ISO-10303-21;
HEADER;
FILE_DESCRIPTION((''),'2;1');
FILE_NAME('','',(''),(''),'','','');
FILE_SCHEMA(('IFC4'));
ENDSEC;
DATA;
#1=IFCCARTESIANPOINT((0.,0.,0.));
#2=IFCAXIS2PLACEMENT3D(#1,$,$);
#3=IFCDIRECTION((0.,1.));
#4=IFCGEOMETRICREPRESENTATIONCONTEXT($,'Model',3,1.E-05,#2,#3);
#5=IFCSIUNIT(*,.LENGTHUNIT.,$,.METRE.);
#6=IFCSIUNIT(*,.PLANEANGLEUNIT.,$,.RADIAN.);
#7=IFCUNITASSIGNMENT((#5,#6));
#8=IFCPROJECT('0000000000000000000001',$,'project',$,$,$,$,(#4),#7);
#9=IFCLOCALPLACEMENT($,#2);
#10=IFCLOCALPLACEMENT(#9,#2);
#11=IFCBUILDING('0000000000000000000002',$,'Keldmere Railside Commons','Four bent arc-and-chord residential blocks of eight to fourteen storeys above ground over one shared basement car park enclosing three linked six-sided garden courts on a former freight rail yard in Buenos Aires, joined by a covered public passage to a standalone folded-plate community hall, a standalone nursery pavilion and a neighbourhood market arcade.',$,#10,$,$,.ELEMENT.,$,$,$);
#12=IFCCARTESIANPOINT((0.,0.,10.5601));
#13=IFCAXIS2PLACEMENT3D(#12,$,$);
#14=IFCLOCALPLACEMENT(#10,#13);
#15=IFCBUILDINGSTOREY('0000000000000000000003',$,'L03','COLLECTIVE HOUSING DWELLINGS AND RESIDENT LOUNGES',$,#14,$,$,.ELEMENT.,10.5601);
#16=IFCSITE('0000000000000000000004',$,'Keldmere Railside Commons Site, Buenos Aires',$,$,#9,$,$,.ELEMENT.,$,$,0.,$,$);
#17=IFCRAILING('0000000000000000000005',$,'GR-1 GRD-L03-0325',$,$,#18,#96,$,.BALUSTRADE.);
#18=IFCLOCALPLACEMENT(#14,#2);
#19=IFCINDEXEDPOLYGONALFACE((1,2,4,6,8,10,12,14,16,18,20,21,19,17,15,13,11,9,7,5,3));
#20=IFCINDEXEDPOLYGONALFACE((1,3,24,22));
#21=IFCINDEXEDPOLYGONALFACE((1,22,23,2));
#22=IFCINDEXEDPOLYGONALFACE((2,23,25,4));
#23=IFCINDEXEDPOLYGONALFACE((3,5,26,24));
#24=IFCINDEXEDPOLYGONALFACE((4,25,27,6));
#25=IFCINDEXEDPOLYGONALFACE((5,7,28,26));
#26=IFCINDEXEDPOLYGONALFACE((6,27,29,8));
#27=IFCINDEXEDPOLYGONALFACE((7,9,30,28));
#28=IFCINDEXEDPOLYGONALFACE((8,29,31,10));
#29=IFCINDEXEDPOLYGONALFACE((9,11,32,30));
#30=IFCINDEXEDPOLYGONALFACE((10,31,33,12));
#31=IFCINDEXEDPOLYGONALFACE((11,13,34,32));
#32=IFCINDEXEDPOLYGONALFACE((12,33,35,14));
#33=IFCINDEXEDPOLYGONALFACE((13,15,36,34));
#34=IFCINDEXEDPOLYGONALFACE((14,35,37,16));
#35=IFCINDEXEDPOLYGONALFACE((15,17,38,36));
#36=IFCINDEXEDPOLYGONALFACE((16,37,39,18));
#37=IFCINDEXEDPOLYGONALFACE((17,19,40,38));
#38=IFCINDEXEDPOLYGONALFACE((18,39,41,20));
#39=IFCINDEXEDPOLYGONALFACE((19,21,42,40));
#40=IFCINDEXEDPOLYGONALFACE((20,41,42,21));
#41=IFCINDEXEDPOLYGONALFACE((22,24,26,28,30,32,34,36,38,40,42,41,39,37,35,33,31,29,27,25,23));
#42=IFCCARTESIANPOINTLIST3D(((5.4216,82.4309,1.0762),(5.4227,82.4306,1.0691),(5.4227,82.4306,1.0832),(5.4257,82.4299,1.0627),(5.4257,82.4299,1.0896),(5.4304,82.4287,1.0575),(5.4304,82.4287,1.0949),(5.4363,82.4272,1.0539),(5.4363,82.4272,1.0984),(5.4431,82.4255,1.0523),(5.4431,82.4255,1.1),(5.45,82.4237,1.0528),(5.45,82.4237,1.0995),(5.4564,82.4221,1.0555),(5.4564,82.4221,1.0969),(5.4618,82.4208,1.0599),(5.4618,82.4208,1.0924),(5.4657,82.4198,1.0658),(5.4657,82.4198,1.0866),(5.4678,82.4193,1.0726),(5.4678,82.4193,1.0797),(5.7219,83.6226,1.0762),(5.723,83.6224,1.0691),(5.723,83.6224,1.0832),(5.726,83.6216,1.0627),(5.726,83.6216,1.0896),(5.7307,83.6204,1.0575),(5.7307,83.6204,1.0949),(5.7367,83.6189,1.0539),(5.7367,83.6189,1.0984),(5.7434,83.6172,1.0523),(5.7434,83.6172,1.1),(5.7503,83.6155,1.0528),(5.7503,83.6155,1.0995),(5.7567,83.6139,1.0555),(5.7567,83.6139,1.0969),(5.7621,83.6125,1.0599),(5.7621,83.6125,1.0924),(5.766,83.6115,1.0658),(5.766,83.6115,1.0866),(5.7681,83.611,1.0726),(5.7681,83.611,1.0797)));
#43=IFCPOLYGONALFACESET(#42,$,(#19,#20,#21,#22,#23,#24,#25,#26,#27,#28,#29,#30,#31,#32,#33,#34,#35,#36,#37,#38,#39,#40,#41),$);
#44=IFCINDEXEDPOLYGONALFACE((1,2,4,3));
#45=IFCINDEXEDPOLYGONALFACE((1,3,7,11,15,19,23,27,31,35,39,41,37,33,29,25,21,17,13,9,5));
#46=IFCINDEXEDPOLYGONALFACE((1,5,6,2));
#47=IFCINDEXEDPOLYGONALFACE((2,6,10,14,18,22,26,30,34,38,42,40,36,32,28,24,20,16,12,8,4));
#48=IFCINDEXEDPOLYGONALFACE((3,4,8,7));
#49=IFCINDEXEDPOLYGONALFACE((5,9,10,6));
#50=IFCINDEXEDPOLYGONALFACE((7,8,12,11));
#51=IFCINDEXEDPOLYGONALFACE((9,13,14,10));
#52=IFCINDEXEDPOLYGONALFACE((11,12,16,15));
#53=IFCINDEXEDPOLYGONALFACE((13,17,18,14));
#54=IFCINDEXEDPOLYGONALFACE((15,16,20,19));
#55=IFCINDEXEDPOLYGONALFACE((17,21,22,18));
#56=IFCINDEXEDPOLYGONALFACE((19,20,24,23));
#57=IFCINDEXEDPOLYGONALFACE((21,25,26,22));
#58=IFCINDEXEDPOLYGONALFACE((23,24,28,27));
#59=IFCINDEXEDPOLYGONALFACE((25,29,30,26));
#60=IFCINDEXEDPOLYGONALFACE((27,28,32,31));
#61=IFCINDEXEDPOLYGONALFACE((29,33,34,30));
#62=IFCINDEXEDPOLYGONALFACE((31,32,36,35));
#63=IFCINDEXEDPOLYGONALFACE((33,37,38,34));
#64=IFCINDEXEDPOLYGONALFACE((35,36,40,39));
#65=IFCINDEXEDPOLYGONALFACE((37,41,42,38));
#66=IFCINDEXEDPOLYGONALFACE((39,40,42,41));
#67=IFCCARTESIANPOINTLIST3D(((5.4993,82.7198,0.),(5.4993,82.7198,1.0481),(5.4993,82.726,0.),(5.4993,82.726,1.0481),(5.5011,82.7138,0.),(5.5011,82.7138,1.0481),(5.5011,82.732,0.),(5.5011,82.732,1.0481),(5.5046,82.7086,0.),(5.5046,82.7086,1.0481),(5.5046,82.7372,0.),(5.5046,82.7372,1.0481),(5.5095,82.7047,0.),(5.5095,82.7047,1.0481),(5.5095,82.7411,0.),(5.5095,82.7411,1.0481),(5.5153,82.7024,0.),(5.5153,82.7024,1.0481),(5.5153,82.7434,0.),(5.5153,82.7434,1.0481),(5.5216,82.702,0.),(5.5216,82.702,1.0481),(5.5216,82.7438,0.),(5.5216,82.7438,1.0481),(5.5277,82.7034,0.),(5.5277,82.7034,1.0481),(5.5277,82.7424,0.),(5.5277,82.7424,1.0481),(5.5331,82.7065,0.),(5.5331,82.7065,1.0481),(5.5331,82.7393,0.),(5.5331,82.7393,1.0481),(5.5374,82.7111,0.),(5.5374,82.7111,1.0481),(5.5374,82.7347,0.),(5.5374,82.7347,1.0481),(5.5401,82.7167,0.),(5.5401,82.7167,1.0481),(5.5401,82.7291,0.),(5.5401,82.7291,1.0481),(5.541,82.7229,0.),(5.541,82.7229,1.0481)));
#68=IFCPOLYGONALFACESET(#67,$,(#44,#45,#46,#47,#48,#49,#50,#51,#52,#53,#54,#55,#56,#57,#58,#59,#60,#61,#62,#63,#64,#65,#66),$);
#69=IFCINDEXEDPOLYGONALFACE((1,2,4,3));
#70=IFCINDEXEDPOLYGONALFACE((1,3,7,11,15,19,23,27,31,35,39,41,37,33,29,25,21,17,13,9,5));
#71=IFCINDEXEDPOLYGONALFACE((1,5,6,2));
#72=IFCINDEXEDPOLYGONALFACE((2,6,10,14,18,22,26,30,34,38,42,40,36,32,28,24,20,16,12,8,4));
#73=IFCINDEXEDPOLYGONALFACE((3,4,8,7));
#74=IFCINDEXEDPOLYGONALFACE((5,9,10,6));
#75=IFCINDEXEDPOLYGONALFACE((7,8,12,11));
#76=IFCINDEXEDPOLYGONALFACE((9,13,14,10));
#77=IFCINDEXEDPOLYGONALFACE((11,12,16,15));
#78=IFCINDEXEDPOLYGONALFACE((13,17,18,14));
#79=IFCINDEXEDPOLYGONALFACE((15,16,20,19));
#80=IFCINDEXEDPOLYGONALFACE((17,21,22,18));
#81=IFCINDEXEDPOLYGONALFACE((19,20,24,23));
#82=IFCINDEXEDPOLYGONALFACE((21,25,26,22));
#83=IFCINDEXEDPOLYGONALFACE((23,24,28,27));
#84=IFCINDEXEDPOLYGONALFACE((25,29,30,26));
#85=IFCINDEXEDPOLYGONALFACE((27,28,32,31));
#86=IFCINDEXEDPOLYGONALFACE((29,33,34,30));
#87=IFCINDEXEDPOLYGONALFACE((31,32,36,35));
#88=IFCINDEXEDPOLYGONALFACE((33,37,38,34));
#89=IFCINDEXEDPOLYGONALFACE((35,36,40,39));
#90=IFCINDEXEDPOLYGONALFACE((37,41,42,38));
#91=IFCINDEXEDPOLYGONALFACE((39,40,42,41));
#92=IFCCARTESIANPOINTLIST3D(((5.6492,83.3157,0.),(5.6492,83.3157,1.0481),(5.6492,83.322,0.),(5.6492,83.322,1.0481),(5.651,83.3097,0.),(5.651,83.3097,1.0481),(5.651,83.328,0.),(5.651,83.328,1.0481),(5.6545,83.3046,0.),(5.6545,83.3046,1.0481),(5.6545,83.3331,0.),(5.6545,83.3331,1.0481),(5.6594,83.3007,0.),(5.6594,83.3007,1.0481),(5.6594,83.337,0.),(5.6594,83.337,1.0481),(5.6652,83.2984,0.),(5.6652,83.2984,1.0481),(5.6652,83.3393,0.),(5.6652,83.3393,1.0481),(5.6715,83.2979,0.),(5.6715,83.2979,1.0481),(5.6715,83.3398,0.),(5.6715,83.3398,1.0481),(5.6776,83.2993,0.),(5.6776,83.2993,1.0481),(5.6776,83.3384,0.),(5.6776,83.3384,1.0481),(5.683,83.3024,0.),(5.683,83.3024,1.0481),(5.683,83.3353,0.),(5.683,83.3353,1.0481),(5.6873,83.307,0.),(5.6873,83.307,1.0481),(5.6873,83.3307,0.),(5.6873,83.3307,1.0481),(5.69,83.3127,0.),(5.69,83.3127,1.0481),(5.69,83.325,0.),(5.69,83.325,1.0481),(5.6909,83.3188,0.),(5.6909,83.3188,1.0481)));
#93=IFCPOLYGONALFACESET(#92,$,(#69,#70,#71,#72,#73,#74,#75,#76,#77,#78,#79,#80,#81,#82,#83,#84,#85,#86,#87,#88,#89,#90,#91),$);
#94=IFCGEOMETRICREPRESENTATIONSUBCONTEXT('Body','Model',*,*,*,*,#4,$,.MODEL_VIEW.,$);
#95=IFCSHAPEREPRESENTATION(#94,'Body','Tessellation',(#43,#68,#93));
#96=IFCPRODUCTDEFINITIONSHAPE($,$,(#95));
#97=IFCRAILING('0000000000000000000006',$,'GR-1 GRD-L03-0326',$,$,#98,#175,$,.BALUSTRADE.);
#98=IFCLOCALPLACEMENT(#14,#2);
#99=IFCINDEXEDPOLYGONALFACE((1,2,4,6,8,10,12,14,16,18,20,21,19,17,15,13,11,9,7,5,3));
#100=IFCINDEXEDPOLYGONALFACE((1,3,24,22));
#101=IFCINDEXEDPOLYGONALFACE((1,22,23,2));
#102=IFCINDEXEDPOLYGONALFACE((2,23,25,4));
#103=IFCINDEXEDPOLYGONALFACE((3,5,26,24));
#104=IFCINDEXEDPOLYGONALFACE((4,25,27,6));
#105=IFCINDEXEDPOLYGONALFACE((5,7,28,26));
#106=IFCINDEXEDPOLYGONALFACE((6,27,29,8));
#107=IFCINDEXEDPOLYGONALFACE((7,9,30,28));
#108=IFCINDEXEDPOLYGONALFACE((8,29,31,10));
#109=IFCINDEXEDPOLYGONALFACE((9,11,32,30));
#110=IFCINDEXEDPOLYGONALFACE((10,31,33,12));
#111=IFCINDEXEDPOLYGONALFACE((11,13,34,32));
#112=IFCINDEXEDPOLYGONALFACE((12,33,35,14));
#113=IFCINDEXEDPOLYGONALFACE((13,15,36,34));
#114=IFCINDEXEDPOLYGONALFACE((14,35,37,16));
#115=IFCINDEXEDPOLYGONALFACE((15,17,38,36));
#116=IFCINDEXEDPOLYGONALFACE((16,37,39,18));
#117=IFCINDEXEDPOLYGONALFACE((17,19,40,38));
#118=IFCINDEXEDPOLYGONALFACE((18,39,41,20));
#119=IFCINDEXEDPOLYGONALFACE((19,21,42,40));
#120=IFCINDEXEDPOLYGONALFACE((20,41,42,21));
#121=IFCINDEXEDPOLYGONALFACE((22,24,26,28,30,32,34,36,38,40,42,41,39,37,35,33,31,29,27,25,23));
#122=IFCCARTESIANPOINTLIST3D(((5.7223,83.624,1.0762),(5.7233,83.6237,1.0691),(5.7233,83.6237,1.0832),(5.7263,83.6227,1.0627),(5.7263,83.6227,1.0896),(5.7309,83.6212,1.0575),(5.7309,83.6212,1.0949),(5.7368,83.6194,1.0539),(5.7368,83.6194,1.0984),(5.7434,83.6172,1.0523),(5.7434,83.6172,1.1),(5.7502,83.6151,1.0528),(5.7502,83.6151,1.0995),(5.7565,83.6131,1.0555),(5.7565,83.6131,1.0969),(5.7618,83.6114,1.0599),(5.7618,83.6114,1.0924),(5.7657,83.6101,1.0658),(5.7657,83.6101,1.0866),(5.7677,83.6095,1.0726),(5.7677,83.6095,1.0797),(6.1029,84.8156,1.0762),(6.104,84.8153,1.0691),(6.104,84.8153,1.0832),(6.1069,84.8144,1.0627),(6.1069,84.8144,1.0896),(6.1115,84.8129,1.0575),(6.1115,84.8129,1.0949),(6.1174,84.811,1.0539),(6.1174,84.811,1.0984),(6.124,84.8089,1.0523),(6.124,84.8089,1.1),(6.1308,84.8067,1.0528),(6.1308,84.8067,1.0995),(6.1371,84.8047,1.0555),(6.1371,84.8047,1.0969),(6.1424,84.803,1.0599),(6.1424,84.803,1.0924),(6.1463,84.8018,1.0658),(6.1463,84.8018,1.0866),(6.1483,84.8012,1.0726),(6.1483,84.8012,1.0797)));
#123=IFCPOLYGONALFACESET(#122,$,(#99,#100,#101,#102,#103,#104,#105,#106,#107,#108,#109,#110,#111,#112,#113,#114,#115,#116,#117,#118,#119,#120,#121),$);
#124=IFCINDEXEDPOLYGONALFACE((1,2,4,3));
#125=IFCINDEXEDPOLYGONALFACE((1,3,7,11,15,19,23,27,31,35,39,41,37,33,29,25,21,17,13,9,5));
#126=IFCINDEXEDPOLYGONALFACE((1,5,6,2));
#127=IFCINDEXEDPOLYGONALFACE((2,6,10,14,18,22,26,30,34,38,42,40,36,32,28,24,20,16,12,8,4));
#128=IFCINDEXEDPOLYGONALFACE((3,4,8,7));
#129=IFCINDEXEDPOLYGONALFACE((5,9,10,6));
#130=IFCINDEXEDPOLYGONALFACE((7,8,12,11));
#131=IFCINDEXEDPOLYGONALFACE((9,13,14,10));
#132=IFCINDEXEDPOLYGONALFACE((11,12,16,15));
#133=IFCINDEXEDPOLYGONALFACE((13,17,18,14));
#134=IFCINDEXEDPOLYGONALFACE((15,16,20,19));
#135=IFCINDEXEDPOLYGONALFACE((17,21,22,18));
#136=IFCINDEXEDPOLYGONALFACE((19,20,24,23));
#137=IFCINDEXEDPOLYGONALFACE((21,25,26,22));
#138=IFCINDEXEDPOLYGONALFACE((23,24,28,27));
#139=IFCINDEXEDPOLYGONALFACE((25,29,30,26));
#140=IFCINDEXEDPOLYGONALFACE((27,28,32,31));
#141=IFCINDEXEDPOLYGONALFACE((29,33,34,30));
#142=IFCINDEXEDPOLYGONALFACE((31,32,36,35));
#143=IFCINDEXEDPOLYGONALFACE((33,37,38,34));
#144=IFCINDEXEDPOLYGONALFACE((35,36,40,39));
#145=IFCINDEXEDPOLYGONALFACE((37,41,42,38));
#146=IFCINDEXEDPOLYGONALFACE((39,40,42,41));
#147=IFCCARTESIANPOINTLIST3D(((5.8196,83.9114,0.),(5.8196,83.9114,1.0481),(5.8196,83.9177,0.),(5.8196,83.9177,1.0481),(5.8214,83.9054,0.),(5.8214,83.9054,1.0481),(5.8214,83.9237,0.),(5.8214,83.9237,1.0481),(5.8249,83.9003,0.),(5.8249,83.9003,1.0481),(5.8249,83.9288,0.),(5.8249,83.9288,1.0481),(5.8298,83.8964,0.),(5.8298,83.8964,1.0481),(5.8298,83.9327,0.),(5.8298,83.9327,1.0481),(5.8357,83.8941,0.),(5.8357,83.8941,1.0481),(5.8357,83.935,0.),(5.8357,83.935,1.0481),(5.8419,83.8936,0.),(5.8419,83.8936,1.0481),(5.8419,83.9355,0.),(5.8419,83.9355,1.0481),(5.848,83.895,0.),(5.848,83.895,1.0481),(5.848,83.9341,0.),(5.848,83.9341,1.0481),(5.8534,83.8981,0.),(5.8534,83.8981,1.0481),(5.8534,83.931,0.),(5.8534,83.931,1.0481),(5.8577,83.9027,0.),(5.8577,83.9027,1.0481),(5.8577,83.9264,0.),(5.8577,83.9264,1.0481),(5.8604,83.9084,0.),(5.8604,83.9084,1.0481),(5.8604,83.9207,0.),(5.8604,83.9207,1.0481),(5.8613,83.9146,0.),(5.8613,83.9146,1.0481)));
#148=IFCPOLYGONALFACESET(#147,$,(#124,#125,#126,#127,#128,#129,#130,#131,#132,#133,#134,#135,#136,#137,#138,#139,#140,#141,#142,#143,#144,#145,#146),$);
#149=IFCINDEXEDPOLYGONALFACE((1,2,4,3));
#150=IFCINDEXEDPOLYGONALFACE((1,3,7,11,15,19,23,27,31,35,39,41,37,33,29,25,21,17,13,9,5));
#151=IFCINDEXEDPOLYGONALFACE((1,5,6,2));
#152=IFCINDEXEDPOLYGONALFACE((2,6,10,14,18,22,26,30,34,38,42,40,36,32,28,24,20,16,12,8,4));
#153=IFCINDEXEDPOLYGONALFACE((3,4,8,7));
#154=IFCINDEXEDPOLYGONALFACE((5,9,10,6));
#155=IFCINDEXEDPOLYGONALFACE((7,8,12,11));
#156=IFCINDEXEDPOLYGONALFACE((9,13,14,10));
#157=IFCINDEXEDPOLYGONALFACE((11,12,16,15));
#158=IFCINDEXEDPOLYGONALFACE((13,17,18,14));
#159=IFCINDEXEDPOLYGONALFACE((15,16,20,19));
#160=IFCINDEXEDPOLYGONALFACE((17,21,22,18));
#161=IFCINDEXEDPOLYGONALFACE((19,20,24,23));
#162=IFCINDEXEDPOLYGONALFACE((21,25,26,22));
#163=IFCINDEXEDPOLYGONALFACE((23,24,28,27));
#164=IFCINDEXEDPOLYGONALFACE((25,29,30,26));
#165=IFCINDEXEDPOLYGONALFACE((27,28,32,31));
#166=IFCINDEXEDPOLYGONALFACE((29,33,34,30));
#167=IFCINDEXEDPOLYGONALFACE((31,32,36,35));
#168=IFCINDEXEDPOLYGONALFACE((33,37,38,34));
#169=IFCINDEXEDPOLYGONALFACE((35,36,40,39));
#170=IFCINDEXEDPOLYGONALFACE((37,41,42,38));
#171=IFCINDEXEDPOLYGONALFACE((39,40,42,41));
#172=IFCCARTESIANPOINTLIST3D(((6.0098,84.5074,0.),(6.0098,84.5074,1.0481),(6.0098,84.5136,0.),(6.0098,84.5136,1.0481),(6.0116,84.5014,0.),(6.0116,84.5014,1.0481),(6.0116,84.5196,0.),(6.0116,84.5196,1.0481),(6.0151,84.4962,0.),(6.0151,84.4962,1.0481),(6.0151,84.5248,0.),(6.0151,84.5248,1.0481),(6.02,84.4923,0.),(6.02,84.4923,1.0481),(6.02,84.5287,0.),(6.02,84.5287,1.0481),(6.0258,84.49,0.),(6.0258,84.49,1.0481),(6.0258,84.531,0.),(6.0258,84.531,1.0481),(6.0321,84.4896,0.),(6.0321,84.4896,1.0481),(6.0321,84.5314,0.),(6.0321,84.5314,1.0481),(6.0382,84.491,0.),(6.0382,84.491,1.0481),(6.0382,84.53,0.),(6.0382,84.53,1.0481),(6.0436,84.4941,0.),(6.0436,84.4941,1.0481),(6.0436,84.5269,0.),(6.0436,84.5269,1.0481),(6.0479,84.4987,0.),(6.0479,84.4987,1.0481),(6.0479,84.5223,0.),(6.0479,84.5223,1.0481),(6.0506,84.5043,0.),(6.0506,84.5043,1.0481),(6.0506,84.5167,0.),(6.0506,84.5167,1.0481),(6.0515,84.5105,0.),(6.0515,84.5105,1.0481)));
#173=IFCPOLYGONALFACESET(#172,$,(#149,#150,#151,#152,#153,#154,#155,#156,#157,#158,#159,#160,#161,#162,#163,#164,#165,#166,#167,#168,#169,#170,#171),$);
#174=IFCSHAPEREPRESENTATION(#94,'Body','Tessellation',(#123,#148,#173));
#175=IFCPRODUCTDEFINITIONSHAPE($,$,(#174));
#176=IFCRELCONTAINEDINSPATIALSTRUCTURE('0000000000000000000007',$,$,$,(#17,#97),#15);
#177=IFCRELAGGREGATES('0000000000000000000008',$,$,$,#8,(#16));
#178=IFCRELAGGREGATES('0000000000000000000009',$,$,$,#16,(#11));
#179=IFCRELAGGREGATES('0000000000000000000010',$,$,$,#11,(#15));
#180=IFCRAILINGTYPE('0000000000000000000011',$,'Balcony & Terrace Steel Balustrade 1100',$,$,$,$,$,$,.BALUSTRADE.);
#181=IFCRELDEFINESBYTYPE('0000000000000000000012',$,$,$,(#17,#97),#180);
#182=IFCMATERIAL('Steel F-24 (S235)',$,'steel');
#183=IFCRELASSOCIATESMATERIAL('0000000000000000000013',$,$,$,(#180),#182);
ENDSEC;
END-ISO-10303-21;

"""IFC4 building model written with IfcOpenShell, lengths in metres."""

from ifc_helpers import new_model, si_unit, direction, frame, origin, origin_2d, place, context, subcontext, project, spatial, circle, extrude, material, type_object, element, save


model = new_model("IFC4")

# Units and contexts
model_context = context("Model", 3, precision=1e-05, world=origin(), true_north=direction((0.0, 1.0)))
body_context = subcontext(model_context, "Body", "Model", "MODEL_VIEW")
ifc_project = project(units=[si_unit("LENGTHUNIT", "METRE"), si_unit("PLANEANGLEUNIT", "RADIAN")], contexts=[model_context])

# Site, building, storey
site_placement = place(None, origin())
site = spatial("IfcSite", under=ifc_project, at=site_placement, Name="Keldmere Railside Commons Site, Buenos Aires", CompositionType="ELEMENT", RefElevation=0.0)
building_placement = place(site_placement, origin())
building = spatial("IfcBuilding", under=site, at=building_placement, Name="Keldmere Railside Commons", Description="Four bent arc-and-chord residential blocks of eight to fourteen storeys above ground over one shared basement car park enclosing three linked six-sided garden courts on a former freight rail yard in Buenos Aires, joined by a covered public passage to a standalone folded-plate community hall, a standalone nursery pavilion and a neighbourhood market arcade.", CompositionType="ELEMENT")
storey_placement = place(building_placement, frame((0.0, 0.0, 10.5601)))
storey = spatial("IfcBuildingStorey", under=building, at=storey_placement, Name="L03", Description="COLLECTIVE HOUSING DWELLINGS AND RESIDENT LOUNGES", CompositionType="ELEMENT", Elevation=10.5601)

# Shared definitions
ifc_material_1 = material(Name="Steel F-24 (S235)", Category="steel")

# Railings
railing_type_1 = type_object("IfcRailingType", Name="Balcony & Terrace Steel Balustrade 1100", PredefinedType="BALUSTRADE", material=ifc_material_1)
railing_1_placement = place(storey_placement, frame((5.4448, 82.425, 0.0)))
element("IfcRailing", 1, at=railing_1_placement, inside=storey, type_object=railing_type_1, Name="GR-1 GRD-L03-0325", PredefinedType="BALUSTRADE", context=body_context, shape_type="SweptSolid", body=[
    extrude(circle(Radius=0.0239, at=origin_2d()), frame((0.0, 0.0, 1.0762), z_axis=(0.244358, 0.969685, 0.0), x_axis=(-0.969685, 0.244358, 0.0)), (0.0, 0.0, 1.0), 1.229),
    extrude(circle(Radius=0.021, at=origin_2d()), frame((0.0752, 0.2979, 0.0)), (0.0, 0.0, 1.0), 1.0481),
    extrude(circle(Radius=0.021, at=origin_2d()), frame((0.2251, 0.8938, 0.0)), (0.0, 0.0, 1.0), 1.0481),
])
railing_2_placement = place(storey_placement, frame((5.7451, 83.6167, 0.0)))
element("IfcRailing", 2, at=railing_2_placement, inside=storey, type_object=railing_type_1, Name="GR-1 GRD-L03-0326", PredefinedType="BALUSTRADE", context=body_context, shape_type="SweptSolid", body=[
    extrude(circle(Radius=0.0239, at=origin_2d()), frame((0.0, 0.0, 1.0762), z_axis=(0.304259, 0.952589, 0.0), x_axis=(-0.952589, 0.304259, 0.0)), (0.0, 0.0, 1.0), 1.251),
    extrude(circle(Radius=0.021, at=origin_2d()), frame((0.0952, 0.2979, 0.0)), (0.0, 0.0, 1.0), 1.0481),
    extrude(circle(Radius=0.021, at=origin_2d()), frame((0.2854, 0.8938, 0.0)), (0.0, 0.0, 1.0), 1.0481),
])

save(model, "model.ifc")
